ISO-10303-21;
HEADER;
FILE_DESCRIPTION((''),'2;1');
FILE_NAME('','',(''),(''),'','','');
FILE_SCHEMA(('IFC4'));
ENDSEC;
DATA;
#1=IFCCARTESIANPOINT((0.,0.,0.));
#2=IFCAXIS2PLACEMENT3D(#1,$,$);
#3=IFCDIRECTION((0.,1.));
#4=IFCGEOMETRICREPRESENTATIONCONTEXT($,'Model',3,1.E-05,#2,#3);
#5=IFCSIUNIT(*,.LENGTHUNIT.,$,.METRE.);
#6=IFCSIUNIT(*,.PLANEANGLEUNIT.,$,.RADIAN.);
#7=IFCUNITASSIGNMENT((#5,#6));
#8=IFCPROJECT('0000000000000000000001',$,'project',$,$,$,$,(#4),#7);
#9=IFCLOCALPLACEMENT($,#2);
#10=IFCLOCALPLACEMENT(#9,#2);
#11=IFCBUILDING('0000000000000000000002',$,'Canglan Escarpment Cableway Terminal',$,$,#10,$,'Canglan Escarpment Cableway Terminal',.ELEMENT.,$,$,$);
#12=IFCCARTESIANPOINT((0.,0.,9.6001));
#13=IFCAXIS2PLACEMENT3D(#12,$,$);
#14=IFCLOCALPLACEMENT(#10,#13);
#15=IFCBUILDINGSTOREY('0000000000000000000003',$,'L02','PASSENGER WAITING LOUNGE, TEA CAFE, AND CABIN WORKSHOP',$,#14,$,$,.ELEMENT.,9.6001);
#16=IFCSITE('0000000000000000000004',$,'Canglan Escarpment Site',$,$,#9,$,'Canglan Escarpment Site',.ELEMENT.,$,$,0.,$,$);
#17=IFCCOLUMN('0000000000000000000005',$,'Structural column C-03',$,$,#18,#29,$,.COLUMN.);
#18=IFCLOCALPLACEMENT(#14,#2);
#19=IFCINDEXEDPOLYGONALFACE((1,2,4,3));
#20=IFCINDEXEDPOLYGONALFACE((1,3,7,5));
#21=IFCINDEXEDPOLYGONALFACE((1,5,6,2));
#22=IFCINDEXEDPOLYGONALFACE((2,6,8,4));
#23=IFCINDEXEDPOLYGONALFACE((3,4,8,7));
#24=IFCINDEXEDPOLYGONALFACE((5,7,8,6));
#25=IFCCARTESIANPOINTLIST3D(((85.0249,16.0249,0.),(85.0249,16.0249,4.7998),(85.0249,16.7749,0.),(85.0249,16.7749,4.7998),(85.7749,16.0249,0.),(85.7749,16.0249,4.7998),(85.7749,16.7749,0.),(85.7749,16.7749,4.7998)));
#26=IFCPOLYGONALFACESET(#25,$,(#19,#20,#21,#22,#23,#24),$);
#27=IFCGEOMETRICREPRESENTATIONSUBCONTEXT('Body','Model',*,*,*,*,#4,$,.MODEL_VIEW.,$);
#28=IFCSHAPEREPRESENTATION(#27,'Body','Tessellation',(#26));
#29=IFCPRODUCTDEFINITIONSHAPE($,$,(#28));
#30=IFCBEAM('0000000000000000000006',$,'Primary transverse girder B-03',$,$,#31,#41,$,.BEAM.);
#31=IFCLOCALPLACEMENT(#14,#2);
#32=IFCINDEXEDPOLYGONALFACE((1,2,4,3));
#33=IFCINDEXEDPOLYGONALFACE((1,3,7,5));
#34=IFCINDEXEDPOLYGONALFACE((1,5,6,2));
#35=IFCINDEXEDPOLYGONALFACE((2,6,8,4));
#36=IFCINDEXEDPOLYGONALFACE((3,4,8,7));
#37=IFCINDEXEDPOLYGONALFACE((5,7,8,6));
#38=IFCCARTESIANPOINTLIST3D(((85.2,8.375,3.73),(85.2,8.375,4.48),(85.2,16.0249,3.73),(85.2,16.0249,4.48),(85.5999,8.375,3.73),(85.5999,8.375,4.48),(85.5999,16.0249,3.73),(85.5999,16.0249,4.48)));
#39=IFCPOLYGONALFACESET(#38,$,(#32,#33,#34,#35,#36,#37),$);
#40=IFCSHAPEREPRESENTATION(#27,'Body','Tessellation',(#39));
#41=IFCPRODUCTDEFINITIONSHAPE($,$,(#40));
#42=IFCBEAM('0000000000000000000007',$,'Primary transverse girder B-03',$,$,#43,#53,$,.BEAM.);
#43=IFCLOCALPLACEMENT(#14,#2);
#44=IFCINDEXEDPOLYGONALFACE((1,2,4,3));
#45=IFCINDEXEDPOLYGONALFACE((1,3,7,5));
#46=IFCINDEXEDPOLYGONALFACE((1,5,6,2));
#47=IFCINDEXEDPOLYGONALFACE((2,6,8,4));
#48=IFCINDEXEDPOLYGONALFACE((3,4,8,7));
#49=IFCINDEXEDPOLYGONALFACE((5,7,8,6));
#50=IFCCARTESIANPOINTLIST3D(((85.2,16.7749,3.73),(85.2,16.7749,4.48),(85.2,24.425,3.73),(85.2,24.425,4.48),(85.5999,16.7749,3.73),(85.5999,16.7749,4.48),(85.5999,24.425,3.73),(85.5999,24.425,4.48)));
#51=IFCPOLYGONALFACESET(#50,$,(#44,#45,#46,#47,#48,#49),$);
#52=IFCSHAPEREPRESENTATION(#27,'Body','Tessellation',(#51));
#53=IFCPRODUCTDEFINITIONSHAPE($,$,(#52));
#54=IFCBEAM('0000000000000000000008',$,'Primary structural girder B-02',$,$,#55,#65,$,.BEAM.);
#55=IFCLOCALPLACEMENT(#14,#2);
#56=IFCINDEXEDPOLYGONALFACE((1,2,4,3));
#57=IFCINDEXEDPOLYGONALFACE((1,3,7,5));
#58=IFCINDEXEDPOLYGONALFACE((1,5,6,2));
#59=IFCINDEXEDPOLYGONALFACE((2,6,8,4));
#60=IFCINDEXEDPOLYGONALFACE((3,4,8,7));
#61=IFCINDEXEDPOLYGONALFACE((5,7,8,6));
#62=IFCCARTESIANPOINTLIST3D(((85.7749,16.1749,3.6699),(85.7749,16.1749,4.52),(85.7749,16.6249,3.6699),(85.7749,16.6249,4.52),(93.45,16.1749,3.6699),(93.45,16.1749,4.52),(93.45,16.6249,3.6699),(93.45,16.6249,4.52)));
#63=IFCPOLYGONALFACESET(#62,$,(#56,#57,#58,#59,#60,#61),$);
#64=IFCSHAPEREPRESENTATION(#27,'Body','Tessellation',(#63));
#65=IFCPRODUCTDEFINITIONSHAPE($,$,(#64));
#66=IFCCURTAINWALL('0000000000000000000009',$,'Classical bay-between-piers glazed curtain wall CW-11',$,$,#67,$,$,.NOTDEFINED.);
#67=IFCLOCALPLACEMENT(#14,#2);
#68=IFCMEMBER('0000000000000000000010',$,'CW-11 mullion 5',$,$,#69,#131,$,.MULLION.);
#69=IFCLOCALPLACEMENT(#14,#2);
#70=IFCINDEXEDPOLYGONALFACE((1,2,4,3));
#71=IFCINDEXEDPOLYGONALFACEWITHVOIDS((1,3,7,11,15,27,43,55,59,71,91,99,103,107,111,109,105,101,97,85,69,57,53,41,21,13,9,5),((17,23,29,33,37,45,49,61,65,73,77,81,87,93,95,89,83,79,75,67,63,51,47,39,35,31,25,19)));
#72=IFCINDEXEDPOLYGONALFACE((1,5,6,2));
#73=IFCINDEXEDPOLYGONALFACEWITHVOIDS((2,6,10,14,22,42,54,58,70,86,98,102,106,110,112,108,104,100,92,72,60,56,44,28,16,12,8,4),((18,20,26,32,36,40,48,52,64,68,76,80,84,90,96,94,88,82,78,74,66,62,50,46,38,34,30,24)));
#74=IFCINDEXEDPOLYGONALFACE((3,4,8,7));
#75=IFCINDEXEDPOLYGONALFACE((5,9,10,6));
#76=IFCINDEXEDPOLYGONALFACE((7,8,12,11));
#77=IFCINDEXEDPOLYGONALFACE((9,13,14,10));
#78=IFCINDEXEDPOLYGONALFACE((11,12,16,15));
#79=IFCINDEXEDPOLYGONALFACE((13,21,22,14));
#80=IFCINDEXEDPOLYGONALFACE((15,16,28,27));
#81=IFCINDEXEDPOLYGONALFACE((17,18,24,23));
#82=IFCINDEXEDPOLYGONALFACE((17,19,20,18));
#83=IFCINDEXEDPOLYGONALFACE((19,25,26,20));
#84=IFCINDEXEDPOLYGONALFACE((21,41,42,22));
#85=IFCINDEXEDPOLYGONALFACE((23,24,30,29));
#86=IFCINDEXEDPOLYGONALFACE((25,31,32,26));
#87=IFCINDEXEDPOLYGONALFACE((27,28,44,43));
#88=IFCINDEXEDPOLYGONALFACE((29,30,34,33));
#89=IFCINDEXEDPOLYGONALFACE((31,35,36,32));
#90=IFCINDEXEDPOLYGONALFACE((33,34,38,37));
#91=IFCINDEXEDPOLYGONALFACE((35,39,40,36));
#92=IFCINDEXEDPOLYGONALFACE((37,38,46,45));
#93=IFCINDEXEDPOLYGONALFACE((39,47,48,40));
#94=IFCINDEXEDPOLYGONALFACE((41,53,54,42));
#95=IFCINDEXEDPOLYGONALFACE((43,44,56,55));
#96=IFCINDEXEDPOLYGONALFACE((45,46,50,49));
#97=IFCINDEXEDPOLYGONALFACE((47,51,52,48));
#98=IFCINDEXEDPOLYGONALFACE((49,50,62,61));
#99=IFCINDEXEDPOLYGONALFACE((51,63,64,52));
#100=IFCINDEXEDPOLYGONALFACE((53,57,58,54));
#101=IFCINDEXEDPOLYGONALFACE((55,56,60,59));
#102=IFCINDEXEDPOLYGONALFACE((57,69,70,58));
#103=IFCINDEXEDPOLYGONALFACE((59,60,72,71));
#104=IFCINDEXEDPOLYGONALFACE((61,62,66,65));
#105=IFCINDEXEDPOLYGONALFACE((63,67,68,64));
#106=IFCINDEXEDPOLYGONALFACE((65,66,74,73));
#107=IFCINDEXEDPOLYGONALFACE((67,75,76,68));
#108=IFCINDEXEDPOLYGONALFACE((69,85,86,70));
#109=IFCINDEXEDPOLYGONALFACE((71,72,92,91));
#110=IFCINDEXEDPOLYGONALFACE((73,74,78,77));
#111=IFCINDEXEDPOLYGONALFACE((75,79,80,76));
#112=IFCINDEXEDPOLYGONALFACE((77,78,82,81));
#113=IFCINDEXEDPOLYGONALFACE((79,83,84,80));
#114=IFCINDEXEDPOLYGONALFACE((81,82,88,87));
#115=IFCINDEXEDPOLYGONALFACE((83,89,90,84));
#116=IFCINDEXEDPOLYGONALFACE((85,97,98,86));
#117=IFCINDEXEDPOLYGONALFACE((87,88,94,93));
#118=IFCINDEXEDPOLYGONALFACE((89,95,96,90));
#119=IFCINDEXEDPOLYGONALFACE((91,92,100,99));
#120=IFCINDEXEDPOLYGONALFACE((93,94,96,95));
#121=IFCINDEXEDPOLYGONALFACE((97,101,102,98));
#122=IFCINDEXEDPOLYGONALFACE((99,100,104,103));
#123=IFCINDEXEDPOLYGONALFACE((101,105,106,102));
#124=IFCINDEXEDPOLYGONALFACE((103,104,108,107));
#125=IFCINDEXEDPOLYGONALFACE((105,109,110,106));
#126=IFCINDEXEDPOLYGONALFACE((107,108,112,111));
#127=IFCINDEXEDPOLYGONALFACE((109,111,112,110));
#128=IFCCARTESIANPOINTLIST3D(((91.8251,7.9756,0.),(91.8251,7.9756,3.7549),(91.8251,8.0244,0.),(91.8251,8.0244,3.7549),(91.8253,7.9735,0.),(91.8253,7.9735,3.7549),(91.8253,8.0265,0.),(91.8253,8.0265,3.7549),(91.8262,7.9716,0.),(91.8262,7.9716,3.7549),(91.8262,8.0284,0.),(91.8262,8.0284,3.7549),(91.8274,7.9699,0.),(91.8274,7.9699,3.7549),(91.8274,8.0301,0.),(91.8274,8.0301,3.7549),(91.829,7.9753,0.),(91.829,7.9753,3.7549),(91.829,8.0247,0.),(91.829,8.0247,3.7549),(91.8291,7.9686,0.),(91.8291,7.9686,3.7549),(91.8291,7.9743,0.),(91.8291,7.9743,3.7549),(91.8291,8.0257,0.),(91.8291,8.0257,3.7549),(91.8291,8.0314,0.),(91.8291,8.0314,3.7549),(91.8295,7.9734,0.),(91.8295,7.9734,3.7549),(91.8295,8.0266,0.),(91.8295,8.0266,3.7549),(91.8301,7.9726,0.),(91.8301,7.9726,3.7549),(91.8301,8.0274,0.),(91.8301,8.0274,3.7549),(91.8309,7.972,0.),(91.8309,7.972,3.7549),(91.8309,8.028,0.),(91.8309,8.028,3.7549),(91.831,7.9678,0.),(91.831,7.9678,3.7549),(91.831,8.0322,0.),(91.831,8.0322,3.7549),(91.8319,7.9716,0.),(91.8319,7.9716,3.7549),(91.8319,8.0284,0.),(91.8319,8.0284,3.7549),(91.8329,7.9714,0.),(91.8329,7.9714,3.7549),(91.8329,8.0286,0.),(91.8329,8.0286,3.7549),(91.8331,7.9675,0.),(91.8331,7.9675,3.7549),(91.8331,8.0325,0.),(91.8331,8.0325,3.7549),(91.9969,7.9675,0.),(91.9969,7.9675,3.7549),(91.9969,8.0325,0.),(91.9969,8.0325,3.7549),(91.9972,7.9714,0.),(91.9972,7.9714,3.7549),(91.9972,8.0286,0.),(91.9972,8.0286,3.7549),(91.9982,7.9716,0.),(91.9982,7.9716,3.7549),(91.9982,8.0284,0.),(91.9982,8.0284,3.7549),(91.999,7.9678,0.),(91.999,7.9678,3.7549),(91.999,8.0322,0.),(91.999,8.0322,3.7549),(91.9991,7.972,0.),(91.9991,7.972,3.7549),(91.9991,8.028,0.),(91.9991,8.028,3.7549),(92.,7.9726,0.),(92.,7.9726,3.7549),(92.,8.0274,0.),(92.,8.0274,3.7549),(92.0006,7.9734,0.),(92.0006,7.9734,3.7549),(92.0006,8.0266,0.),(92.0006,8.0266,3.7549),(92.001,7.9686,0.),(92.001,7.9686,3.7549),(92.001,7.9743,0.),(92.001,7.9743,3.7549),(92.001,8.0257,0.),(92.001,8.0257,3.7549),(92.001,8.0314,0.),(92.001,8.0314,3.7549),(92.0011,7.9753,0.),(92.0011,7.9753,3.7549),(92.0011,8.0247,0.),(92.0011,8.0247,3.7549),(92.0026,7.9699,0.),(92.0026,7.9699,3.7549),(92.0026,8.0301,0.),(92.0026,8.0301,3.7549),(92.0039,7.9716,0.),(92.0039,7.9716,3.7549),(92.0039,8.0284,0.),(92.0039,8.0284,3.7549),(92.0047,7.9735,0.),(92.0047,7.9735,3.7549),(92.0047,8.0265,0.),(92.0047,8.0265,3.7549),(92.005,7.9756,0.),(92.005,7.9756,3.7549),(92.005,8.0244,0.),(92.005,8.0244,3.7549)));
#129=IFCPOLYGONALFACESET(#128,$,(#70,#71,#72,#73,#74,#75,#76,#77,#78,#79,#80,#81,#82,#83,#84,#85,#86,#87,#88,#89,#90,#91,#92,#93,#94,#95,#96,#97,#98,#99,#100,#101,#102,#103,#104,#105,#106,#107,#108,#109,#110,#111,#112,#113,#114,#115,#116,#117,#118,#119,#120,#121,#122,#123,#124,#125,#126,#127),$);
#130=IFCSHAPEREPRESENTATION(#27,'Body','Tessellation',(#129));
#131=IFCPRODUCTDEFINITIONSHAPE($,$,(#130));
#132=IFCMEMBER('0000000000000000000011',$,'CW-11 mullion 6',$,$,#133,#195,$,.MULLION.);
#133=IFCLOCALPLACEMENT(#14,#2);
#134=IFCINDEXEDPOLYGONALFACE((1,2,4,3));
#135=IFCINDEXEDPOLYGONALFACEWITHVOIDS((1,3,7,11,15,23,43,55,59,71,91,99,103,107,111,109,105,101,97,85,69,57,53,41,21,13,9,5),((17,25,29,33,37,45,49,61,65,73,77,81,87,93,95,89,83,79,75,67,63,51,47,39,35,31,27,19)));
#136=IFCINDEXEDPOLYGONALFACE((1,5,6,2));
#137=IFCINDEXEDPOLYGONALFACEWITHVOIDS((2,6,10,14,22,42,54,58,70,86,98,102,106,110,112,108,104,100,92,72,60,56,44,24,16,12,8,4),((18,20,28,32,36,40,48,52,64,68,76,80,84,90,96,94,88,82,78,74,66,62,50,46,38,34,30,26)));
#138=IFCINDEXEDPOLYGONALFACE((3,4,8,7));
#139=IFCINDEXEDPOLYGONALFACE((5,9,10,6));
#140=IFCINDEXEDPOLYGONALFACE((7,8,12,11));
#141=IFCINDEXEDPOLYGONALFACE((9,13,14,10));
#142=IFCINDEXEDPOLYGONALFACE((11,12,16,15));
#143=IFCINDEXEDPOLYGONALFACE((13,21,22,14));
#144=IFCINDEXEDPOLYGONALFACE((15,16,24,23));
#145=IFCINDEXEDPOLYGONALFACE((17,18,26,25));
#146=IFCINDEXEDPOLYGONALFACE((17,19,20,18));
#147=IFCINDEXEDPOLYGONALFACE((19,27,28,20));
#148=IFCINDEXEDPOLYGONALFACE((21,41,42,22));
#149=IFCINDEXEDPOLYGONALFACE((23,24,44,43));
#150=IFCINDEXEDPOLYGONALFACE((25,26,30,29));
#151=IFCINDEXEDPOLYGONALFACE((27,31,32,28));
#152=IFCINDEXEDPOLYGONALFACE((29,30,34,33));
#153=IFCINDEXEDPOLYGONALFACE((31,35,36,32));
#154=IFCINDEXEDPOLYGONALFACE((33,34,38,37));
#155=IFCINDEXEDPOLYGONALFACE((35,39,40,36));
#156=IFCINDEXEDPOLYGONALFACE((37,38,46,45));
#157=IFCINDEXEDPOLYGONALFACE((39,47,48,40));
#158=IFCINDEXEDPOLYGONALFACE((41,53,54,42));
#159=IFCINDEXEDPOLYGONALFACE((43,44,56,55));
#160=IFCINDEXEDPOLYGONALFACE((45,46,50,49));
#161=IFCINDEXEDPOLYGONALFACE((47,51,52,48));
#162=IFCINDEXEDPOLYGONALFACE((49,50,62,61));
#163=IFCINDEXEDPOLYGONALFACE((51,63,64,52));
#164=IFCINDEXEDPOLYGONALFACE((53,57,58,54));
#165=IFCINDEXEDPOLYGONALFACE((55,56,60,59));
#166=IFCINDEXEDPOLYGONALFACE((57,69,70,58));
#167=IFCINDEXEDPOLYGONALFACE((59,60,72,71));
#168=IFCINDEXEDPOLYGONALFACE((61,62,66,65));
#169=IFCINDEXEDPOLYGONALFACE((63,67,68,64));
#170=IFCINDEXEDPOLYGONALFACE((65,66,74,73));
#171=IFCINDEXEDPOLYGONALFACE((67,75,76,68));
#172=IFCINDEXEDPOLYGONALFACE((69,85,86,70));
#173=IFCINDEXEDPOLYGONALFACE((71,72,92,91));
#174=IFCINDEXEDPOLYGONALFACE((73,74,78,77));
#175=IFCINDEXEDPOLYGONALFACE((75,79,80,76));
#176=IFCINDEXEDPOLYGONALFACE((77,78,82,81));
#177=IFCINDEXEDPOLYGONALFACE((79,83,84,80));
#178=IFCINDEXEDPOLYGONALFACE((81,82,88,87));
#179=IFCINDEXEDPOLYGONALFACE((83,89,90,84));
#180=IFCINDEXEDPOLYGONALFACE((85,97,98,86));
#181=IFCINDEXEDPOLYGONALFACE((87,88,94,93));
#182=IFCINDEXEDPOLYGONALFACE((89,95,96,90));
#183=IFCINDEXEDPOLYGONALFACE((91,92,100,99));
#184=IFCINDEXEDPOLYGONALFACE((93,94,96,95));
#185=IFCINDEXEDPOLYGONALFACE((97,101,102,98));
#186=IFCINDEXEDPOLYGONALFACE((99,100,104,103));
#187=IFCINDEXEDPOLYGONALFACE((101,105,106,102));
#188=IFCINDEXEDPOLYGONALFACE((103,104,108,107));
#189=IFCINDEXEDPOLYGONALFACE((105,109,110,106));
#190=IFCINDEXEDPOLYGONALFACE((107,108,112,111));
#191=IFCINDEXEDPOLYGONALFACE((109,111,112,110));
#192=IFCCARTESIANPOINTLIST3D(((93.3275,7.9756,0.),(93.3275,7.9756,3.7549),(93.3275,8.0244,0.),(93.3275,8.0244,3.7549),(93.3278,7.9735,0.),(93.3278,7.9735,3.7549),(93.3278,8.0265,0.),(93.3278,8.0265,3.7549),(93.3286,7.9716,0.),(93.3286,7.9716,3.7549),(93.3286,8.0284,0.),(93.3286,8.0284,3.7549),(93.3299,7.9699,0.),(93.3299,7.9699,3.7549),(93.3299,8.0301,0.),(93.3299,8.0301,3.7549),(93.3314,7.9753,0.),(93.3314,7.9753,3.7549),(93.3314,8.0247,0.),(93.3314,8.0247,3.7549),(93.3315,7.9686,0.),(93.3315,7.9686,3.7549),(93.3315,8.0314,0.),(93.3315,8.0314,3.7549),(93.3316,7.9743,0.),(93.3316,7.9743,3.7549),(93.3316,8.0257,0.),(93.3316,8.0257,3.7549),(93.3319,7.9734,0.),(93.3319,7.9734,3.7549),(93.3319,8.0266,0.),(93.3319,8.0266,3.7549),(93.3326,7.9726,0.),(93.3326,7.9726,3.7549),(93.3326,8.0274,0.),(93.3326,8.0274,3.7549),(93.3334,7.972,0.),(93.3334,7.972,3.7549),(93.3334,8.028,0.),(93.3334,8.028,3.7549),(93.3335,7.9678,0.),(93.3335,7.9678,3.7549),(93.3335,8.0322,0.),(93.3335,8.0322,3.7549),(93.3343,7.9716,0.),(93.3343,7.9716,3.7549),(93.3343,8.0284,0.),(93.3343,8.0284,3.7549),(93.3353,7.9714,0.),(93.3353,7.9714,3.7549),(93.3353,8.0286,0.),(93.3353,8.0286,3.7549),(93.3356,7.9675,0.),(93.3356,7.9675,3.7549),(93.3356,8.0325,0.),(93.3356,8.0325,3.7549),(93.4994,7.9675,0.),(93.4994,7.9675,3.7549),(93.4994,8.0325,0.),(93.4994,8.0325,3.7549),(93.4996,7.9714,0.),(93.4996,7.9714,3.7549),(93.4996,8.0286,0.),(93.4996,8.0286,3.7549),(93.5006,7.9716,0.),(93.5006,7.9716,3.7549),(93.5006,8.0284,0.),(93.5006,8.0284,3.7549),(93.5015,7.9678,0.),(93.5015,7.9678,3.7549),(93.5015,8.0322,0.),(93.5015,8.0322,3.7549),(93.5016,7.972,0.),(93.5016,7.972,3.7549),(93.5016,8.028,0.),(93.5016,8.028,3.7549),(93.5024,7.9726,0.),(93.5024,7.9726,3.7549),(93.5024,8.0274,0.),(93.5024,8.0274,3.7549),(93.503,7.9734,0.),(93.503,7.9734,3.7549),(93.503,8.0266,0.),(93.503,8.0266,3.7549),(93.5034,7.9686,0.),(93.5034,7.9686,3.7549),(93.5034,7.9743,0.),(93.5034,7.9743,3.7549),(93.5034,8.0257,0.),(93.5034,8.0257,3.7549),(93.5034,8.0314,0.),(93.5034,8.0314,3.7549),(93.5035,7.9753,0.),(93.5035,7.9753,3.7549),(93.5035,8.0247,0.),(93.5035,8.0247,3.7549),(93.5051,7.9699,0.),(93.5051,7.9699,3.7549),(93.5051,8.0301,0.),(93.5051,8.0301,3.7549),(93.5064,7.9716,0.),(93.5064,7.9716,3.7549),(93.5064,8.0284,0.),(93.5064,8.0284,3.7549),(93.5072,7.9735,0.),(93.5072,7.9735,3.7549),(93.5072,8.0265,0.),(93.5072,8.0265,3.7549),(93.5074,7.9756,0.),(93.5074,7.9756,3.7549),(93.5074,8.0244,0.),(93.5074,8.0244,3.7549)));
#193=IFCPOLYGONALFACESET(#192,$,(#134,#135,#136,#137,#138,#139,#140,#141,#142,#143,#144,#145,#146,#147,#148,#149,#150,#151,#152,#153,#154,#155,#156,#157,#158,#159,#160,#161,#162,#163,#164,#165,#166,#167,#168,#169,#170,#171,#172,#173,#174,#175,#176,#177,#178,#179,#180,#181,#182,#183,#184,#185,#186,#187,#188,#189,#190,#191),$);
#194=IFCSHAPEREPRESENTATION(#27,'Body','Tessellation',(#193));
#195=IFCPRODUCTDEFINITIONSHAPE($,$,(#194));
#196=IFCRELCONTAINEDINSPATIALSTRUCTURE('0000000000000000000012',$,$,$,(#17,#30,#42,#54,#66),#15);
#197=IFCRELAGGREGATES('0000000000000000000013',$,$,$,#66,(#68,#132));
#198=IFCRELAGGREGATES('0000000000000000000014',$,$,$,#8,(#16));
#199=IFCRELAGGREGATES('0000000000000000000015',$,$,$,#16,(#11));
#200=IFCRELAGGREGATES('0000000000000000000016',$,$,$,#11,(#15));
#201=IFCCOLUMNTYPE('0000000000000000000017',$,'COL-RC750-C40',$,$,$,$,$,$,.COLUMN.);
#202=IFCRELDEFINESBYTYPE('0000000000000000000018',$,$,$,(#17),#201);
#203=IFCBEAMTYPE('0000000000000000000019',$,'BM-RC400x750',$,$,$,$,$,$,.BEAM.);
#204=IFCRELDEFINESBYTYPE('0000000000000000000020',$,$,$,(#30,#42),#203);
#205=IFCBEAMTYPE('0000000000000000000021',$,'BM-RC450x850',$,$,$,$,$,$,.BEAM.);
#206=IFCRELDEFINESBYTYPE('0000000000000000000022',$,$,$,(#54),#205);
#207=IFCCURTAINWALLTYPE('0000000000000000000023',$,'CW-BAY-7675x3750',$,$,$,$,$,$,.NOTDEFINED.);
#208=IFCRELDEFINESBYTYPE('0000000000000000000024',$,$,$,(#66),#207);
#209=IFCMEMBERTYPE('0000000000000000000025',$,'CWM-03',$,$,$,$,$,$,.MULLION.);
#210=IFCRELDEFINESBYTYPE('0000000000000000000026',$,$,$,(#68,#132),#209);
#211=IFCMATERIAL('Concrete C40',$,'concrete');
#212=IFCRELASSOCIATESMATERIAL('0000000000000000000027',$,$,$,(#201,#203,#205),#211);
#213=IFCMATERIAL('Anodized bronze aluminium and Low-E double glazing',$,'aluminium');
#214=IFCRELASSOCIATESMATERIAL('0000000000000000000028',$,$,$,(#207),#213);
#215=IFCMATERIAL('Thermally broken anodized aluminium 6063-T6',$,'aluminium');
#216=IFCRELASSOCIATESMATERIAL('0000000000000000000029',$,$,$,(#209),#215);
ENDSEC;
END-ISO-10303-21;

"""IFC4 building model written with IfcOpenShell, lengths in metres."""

from ifc_helpers import new_model, si_unit, direction, frame, origin, origin_2d, place, context, subcontext, project, spatial, rectangle, hollow_rectangle, extrude, material, material_profile, profile_set, type_object, element, aggregate, save


model = new_model("IFC4")

# Units and contexts
model_context = context("Model", 3, precision=1e-05, world=origin(), true_north=direction((0.0, 1.0)))
body_context = subcontext(model_context, "Body", "Model", "MODEL_VIEW")
ifc_project = project(units=[si_unit("LENGTHUNIT", "METRE"), si_unit("PLANEANGLEUNIT", "RADIAN")], contexts=[model_context])

# Site, building, storey
site_placement = place(None, origin())
site = spatial("IfcSite", under=ifc_project, at=site_placement, Name="Canglan Escarpment Site", LongName="Canglan Escarpment Site", CompositionType="ELEMENT", RefElevation=0.0)
building_placement = place(site_placement, origin())
building = spatial("IfcBuilding", under=site, at=building_placement, Name="Canglan Escarpment Cableway Terminal", LongName="Canglan Escarpment Cableway Terminal", CompositionType="ELEMENT")
storey_placement = place(building_placement, frame((0.0, 0.0, 9.6001)))
storey = spatial("IfcBuildingStorey", under=building, at=storey_placement, Name="L02", Description="PASSENGER WAITING LOUNGE, TEA CAFE, AND CABIN WORKSHOP", CompositionType="ELEMENT", Elevation=9.6001)

# Column
ifc_material_1 = material(Name="Concrete C40", Category="concrete")
ifc_material_profile_1 = material_profile(ifc_material_1, rectangle(XDim=0.75, YDim=0.75, at=origin_2d()), Name="RC 750x750")
ifc_profile_set_1 = profile_set([ifc_material_profile_1], Name="Concrete C40")
column_type = type_object("IfcColumnType", Name="COL-RC750-C40", PredefinedType="COLUMN", material=ifc_profile_set_1)
column_placement = place(storey_placement, frame((85.3999, 16.3999, 0.0), z_axis=(0.0, 0.0, 1.0), x_axis=(1.0, 0.0, 0.0)))
element("IfcColumn", 1, at=column_placement, inside=storey, type_object=column_type, Name="Structural column C-03", PredefinedType="COLUMN", context=body_context, shape_type="SweptSolid", body=[
    extrude(rectangle(XDim=0.75, YDim=0.75, at=origin_2d()), origin(), (0.0, 0.0, 1.0), 4.7998),
])

# Beams
ifc_material_profile_2 = material_profile(ifc_material_1, rectangle(XDim=0.3999, YDim=0.75, at=origin_2d()), Name="RC 400x750")
ifc_profile_set_2 = profile_set([ifc_material_profile_2], Name="Concrete C40")
beam_type_1 = type_object("IfcBeamType", Name="BM-RC400x750", PredefinedType="BEAM", material=ifc_profile_set_2)
beam_1_placement = place(storey_placement, frame((85.3999, 8.375, 4.105), z_axis=(0.0, 1.0, 0.0), x_axis=(-1.0, 0.0, 0.0)))
element("IfcBeam", 2, at=beam_1_placement, inside=storey, type_object=beam_type_1, Name="Primary transverse girder B-03", PredefinedType="BEAM", context=body_context, shape_type="SweptSolid", body=[
    extrude(rectangle(XDim=0.3999, YDim=0.75, at=origin_2d()), origin(), (0.0, 0.0, 1.0), 7.6499),
])
beam_2_placement = place(storey_placement, frame((85.3999, 16.7749, 4.105), z_axis=(0.0, 1.0, 0.0), x_axis=(-1.0, 0.0, 0.0)))
element("IfcBeam", 3, at=beam_2_placement, inside=storey, type_object=beam_type_1, Name="Primary transverse girder B-03", PredefinedType="BEAM", context=body_context, shape_type="SweptSolid", body=[
    extrude(rectangle(XDim=0.3999, YDim=0.75, at=origin_2d()), origin(), (0.0, 0.0, 1.0), 7.6501),
])
ifc_material_profile_3 = material_profile(ifc_material_1, rectangle(XDim=0.45, YDim=0.8501, at=origin_2d()), Name="RC 450x850")
ifc_profile_set_3 = profile_set([ifc_material_profile_3], Name="Concrete C40")
beam_type_2 = type_object("IfcBeamType", Name="BM-RC450x850", PredefinedType="BEAM", material=ifc_profile_set_3)
beam_3_placement = place(storey_placement, frame((85.7749, 16.3999, 4.095), z_axis=(1.0, 0.0, 0.0), x_axis=(0.0, 1.0, 0.0)))
element("IfcBeam", 4, at=beam_3_placement, inside=storey, type_object=beam_type_2, Name="Primary structural girder B-02", PredefinedType="BEAM", context=body_context, shape_type="SweptSolid", body=[
    extrude(rectangle(XDim=0.45, YDim=0.8501, at=origin_2d()), origin(), (0.0, 0.0, 1.0), 7.675),
])

# Curtain wall, members
ifc_material_2 = material(Name="Anodized bronze aluminium and Low-E double glazing", Category="aluminium")
curtain_wall_type = type_object("IfcCurtainWallType", Name="CW-BAY-7675x3750", PredefinedType="NOTDEFINED", material=ifc_material_2)
curtain_wall_placement = place(storey_placement, origin())
curtain_wall = element("IfcCurtainWall", 5, at=curtain_wall_placement, inside=storey, type_object=curtain_wall_type, Name="Classical bay-between-piers glazed curtain wall CW-11", PredefinedType="NOTDEFINED")
ifc_material_3 = material(Name="Thermally broken anodized aluminium 6063-T6", Category="aluminium")
ifc_material_profile_4 = material_profile(ifc_material_3, hollow_rectangle(XDim=0.0649, YDim=0.1799, WallThickness=0.0039, InnerFilletRadius=0.0039, OuterFilletRadius=0.0081, at=origin_2d()), Name="ALU-MULL 65x180x4")
ifc_profile_set_4 = profile_set([ifc_material_profile_4], Name="Thermally broken anodized aluminium 6063-T6")
member_type_1 = type_object("IfcMemberType", Name="CWM-03", PredefinedType="MULLION", material=ifc_profile_set_4)
member_1_placement = place(storey_placement, frame((91.915, 8.0, 0.0), z_axis=(0.0, 0.0, 1.0), x_axis=(0.0, 1.0, 0.0)))
member_1 = element("IfcMember", 6, at=member_1_placement, type_object=member_type_1, Name="CW-11 mullion 5", PredefinedType="MULLION", context=body_context, shape_type="SweptSolid", body=[
    extrude(hollow_rectangle(XDim=0.0649, YDim=0.1799, WallThickness=0.0039, InnerFilletRadius=0.0039, OuterFilletRadius=0.0081, at=origin_2d()), origin(), (0.0, 0.0, 1.0), 3.7549),
])
member_2_placement = place(storey_placement, frame((93.4175, 8.0, 0.0), z_axis=(0.0, 0.0, 1.0), x_axis=(0.0, 1.0, 0.0)))
member_2 = element("IfcMember", 7, at=member_2_placement, type_object=member_type_1, Name="CW-11 mullion 6", PredefinedType="MULLION", context=body_context, shape_type="SweptSolid", body=[
    extrude(hollow_rectangle(XDim=0.0649, YDim=0.1799, WallThickness=0.0039, InnerFilletRadius=0.0039, OuterFilletRadius=0.0081, at=origin_2d()), origin(), (0.0, 0.0, 1.0), 3.7549),
])

aggregate(curtain_wall, [member_1, member_2])

save(model, "model.ifc")
